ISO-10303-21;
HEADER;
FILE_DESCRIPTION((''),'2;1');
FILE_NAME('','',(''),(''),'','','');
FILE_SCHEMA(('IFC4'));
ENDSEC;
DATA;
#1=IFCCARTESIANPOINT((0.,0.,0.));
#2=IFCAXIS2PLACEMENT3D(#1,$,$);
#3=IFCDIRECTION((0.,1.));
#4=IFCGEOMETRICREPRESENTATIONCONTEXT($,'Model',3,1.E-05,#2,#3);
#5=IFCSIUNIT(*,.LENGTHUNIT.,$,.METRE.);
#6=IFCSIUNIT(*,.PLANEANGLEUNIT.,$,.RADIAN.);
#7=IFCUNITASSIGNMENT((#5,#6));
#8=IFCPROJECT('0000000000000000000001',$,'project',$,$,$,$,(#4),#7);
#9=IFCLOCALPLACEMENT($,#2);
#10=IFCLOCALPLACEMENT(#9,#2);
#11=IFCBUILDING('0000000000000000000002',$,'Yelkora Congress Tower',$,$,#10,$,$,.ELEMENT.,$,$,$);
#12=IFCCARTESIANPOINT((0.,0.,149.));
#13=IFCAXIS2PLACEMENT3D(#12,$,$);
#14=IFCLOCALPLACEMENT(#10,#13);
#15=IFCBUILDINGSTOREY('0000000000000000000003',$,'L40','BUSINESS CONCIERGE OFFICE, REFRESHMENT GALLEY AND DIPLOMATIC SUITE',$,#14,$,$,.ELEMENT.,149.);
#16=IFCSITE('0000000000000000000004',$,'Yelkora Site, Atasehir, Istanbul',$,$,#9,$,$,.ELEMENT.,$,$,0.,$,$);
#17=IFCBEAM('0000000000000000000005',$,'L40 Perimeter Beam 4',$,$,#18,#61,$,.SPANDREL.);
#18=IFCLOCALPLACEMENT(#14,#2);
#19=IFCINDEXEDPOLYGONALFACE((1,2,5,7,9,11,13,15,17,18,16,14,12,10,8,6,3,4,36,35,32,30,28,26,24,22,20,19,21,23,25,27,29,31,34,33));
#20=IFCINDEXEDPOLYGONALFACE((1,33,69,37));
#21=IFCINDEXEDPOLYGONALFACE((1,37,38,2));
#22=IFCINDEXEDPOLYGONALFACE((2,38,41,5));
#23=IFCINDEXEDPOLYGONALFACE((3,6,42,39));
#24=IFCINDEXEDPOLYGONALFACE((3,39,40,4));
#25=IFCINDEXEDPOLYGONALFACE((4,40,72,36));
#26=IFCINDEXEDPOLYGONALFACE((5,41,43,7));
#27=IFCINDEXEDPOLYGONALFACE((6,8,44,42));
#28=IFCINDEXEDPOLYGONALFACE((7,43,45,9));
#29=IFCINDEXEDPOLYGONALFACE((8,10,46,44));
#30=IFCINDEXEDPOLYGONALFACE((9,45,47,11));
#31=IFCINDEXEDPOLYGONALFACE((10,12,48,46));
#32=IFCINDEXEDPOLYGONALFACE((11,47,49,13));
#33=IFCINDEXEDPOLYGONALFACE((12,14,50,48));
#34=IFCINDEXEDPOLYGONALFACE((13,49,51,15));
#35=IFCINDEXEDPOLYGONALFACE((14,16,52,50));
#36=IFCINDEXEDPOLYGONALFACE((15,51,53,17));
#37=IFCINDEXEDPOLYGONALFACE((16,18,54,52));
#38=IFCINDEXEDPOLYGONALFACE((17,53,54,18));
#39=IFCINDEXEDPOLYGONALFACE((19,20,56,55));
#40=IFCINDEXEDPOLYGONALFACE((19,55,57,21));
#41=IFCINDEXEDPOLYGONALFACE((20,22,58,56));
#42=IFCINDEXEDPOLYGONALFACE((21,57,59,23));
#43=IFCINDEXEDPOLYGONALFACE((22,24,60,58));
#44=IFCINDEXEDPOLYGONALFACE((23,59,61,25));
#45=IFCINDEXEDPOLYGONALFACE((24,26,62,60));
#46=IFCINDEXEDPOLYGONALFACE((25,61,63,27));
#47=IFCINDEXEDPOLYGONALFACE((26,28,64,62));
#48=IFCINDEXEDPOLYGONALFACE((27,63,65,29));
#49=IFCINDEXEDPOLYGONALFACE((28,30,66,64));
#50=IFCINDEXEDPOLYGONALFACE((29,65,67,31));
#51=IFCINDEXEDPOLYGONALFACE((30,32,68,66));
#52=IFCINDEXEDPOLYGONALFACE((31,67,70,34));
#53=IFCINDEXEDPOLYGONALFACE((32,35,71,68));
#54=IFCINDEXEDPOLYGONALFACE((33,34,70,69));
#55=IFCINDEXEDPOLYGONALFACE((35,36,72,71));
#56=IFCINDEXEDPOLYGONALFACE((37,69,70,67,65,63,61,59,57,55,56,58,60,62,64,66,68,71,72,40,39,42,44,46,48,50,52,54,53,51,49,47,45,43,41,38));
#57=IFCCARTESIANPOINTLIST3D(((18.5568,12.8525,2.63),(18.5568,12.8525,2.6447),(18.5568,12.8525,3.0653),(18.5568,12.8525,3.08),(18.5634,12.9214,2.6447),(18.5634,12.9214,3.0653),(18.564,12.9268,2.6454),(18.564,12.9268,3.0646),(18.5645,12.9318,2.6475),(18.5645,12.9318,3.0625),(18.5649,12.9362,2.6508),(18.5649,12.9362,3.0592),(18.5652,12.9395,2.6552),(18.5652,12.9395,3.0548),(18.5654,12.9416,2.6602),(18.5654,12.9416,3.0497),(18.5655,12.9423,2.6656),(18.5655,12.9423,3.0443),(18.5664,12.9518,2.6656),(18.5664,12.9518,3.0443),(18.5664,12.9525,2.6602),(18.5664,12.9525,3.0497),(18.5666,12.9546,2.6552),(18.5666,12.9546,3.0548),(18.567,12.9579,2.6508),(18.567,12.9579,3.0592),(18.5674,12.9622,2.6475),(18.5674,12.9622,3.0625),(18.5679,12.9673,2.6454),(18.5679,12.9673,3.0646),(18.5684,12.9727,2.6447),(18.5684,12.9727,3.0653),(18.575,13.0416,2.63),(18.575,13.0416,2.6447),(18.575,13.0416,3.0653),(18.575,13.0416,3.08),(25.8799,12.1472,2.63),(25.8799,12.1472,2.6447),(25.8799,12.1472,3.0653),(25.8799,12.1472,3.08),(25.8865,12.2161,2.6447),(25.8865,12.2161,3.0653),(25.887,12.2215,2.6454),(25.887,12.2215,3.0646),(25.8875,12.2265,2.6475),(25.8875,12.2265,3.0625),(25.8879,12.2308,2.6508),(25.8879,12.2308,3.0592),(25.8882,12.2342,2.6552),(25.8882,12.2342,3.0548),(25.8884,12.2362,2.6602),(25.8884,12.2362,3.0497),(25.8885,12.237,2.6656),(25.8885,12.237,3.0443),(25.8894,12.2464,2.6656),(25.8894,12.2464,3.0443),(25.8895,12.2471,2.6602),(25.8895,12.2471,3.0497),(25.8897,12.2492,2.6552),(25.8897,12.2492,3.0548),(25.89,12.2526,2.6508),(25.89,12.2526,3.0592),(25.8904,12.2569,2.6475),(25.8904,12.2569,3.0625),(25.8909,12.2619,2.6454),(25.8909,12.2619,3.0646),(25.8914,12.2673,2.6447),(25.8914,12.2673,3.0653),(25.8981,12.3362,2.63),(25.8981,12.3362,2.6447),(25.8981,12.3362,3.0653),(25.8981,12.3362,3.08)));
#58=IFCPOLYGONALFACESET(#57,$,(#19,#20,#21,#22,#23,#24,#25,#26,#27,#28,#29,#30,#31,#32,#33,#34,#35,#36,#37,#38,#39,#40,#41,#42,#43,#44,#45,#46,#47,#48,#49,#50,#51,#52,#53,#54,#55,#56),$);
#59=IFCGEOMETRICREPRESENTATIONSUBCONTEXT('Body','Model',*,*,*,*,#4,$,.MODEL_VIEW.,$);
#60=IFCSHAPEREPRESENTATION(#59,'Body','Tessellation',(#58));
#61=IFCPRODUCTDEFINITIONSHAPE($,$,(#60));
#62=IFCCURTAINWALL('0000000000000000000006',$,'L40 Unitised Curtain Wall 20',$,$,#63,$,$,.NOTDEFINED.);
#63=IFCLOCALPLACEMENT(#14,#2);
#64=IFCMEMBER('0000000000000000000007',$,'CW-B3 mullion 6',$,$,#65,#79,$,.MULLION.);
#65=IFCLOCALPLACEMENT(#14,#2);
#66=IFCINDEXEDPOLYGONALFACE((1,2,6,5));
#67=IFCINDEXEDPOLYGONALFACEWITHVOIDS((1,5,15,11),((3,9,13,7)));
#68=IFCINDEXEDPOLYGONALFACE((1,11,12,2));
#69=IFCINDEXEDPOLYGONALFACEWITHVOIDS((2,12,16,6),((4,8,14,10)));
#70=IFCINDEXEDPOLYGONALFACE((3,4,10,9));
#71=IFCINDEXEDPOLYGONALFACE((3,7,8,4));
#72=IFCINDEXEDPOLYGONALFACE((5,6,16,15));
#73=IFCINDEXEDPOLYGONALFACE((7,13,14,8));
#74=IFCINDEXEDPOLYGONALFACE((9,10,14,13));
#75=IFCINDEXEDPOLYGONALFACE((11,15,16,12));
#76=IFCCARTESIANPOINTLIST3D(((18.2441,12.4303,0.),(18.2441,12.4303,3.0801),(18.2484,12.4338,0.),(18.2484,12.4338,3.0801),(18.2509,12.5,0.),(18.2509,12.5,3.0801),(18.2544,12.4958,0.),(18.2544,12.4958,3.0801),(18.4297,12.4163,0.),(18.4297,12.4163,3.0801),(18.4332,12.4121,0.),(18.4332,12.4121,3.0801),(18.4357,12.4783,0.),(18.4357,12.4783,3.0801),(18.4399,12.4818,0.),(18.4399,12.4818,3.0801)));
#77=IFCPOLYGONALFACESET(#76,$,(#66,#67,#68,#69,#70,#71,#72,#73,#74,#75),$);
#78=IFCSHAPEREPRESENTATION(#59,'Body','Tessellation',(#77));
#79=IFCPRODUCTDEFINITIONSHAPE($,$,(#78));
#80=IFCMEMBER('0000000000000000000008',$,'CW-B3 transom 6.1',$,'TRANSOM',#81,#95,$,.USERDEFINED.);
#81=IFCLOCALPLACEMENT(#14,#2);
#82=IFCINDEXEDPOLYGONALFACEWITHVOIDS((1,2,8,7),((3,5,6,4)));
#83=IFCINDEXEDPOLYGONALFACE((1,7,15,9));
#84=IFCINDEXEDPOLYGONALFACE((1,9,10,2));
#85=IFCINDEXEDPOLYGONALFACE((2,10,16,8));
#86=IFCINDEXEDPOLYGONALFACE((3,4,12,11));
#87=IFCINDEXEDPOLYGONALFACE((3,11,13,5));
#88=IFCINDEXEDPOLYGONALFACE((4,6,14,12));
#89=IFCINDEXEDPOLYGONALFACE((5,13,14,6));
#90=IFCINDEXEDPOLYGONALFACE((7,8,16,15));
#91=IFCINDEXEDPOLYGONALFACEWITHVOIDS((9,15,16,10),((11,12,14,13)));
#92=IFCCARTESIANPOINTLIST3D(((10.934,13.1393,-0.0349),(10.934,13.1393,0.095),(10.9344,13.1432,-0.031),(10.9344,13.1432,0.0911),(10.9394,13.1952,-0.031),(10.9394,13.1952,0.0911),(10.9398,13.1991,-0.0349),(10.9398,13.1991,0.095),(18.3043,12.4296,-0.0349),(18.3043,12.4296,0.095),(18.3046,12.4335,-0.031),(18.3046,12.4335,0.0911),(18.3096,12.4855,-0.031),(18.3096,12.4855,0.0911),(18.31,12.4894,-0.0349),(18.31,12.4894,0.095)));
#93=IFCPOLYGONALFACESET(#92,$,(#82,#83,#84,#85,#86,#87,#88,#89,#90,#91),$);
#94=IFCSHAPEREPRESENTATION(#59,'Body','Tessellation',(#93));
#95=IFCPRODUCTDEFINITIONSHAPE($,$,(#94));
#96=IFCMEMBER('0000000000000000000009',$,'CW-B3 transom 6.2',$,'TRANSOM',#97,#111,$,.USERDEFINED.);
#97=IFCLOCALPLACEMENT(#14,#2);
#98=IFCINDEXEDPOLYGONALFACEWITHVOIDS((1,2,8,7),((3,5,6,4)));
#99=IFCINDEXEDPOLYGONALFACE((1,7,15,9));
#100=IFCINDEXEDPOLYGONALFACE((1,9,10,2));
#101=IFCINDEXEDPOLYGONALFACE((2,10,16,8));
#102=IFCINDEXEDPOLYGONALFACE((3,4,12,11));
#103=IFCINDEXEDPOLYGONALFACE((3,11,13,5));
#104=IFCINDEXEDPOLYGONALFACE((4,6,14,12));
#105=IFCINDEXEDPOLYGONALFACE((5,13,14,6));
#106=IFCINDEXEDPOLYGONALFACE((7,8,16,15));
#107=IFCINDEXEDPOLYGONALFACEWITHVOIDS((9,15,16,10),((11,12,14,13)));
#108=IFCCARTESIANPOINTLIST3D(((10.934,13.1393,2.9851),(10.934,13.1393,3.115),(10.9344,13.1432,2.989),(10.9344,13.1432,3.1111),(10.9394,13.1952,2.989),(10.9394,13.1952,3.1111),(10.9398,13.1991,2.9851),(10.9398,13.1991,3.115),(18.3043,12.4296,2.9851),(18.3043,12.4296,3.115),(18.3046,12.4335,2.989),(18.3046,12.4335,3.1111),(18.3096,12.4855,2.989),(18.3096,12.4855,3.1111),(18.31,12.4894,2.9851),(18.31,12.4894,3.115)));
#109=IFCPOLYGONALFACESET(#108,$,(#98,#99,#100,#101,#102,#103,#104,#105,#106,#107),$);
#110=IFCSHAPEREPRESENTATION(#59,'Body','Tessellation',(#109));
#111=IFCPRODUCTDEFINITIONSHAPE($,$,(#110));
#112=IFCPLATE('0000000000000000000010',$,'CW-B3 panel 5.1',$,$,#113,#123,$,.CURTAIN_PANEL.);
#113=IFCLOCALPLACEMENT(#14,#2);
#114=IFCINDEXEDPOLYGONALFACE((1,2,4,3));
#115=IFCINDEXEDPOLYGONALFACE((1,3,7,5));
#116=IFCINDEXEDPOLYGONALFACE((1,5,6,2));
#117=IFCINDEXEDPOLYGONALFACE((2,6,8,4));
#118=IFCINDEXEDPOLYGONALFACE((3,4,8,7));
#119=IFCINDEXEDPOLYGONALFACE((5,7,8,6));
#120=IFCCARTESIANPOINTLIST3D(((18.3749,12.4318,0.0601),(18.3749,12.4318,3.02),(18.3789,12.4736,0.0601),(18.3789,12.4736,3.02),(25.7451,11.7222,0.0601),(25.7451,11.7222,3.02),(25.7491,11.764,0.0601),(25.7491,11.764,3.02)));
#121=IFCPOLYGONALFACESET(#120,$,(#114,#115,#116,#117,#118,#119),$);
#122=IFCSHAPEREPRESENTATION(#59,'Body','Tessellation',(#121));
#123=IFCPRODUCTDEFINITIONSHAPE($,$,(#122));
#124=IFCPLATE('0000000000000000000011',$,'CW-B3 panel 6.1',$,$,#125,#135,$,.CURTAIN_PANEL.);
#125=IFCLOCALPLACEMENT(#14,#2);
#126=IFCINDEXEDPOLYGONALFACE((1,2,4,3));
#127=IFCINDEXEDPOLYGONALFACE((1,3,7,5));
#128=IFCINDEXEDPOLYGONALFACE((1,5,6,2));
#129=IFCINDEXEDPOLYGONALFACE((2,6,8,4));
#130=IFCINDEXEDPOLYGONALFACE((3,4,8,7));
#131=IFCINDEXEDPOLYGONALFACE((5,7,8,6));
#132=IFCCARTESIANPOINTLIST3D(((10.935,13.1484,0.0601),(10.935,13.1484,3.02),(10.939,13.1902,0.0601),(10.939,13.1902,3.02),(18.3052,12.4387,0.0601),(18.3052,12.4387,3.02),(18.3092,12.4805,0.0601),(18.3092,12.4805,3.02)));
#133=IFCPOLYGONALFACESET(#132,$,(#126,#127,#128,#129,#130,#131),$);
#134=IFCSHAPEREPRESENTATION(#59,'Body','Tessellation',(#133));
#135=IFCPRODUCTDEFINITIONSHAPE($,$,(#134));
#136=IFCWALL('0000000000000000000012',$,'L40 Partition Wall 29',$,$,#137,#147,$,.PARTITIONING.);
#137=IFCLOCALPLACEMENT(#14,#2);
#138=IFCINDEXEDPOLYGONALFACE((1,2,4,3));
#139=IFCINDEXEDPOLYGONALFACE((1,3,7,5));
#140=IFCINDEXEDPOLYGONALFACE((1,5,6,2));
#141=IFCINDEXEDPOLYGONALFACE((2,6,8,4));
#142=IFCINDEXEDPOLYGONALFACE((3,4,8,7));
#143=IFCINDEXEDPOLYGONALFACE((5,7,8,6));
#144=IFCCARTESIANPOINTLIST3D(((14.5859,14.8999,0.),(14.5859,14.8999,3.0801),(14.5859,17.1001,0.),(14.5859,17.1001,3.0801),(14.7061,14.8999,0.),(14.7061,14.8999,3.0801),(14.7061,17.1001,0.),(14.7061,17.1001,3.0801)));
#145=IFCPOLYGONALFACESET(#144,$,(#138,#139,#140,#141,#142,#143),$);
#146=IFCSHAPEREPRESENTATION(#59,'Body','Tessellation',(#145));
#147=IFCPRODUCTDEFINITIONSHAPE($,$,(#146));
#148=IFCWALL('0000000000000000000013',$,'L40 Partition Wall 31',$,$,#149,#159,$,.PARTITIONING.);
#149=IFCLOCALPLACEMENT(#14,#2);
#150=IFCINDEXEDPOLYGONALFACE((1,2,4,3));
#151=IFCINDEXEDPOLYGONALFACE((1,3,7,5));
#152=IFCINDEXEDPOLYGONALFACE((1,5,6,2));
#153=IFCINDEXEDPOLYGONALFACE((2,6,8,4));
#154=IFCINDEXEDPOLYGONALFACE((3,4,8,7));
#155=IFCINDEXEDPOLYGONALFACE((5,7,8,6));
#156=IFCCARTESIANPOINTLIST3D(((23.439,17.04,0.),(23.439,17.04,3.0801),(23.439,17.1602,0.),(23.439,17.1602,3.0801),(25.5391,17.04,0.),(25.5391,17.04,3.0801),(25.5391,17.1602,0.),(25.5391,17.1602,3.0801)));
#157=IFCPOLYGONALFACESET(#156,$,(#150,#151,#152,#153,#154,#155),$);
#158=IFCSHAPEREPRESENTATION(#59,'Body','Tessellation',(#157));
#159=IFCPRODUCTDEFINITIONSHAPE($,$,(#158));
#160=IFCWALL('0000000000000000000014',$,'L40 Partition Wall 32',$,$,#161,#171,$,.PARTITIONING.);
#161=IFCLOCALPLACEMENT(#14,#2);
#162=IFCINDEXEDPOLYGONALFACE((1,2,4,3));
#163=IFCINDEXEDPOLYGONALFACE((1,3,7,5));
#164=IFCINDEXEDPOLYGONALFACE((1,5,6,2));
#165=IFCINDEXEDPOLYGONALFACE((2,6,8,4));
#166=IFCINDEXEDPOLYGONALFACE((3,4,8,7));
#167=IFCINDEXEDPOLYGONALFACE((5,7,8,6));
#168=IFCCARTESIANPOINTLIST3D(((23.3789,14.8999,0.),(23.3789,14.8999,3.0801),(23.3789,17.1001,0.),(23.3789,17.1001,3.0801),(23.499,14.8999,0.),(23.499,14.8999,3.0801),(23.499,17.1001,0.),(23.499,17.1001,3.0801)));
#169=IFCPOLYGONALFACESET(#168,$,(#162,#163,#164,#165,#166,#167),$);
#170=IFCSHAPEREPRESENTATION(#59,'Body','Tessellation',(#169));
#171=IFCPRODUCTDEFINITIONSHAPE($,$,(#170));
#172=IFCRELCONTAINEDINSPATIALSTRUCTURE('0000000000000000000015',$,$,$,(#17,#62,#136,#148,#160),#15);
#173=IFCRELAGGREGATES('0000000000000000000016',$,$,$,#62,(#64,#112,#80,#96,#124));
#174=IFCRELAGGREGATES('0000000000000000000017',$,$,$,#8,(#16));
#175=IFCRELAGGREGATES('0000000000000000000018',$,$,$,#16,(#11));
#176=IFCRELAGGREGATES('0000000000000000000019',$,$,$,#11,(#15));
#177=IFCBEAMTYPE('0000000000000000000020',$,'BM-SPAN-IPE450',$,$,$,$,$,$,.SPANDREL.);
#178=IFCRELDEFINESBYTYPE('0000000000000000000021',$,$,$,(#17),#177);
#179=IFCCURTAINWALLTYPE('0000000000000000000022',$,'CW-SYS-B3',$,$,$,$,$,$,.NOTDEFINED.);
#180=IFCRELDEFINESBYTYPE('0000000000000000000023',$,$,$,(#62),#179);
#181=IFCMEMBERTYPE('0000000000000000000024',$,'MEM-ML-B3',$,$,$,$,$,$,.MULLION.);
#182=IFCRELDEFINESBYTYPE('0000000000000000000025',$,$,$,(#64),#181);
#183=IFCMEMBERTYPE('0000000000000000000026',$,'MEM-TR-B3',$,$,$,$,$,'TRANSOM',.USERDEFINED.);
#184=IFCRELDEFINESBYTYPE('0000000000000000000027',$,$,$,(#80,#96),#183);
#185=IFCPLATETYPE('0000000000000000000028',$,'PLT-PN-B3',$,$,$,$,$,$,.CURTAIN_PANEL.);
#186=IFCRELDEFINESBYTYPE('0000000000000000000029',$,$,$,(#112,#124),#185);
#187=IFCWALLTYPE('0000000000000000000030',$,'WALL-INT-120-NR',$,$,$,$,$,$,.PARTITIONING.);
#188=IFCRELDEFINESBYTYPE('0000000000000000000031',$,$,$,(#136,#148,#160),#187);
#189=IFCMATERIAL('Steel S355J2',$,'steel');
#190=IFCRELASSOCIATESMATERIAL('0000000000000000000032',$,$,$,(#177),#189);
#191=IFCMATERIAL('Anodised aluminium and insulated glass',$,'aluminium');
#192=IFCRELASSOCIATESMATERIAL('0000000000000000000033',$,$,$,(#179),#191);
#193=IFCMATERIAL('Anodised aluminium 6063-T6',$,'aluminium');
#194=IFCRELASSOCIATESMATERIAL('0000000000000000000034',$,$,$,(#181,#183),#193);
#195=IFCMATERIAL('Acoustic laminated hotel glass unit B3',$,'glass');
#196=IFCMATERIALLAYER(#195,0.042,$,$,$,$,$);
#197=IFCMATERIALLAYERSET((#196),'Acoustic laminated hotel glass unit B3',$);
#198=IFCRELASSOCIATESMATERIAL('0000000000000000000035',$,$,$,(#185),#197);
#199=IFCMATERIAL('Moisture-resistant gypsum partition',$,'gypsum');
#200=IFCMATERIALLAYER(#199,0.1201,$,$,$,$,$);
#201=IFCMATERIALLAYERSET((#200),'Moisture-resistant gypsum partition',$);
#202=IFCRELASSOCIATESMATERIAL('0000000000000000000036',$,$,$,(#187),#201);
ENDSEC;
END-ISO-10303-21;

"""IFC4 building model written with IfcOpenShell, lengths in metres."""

from ifc_helpers import new_model, si_unit, direction, frame, frame_2d, origin, origin_2d, place, context, subcontext, project, spatial, rectangle, hollow_rectangle, i_section, extrude, material, layer, layer_set, material_profile, profile_set, type_object, element, aggregate, save


model = new_model("IFC4")

# Units and contexts
model_context = context("Model", 3, precision=1e-05, world=origin(), true_north=direction((0.0, 1.0)))
body_context = subcontext(model_context, "Body", "Model", "MODEL_VIEW")
ifc_project = project(units=[si_unit("LENGTHUNIT", "METRE"), si_unit("PLANEANGLEUNIT", "RADIAN")], contexts=[model_context])

# Site, building, storey
site_placement = place(None, origin())
site = spatial("IfcSite", under=ifc_project, at=site_placement, Name="Yelkora Site, Atasehir, Istanbul", CompositionType="ELEMENT", RefElevation=0.0)
building_placement = place(site_placement, origin())
building = spatial("IfcBuilding", under=site, at=building_placement, Name="Yelkora Congress Tower", CompositionType="ELEMENT")
storey_placement = place(building_placement, frame((0.0, 0.0, 149.0)))
storey = spatial("IfcBuildingStorey", under=building, at=storey_placement, Name="L40", Description="BUSINESS CONCIERGE OFFICE, REFRESHMENT GALLEY AND DIPLOMATIC SUITE", CompositionType="ELEMENT", Elevation=149.0)

# Beam
ifc_material_1 = material(Name="Steel S355J2", Category="steel")
ifc_material_profile_1 = material_profile(ifc_material_1, i_section(OverallWidth=0.1899, OverallDepth=0.45, WebThickness=0.0095, FlangeThickness=0.0146, FilletRadius=0.021, at=origin_2d()), Name="IPE 450")
ifc_profile_set_1 = profile_set([ifc_material_profile_1], Name="Steel S355J2")
beam_type_1 = type_object("IfcBeamType", Name="BM-SPAN-IPE450", PredefinedType="SPANDREL", material=ifc_profile_set_1)
beam_1_placement = place(storey_placement, frame((18.5659, 12.947, 2.855), z_axis=(0.995394, -0.095872, 0.0), x_axis=(0.095872, 0.995394, 0.0)))
element("IfcBeam", 1, at=beam_1_placement, inside=storey, type_object=beam_type_1, Name="L40 Perimeter Beam 4", PredefinedType="SPANDREL", context=body_context, shape_type="SweptSolid", body=[
    extrude(i_section(OverallWidth=0.1899, OverallDepth=0.45, WebThickness=0.0095, FlangeThickness=0.0146, FilletRadius=0.021, at=origin_2d()), origin(), (0.0, 0.0, 1.0), 7.3569),
])

# Curtain wall, members, plates
ifc_material_2 = material(Name="Anodised aluminium and insulated glass", Category="aluminium")
curtain_wall_type = type_object("IfcCurtainWallType", Name="CW-SYS-B3", PredefinedType="NOTDEFINED", material=ifc_material_2)
curtain_wall_placement = place(storey_placement, origin())
curtain_wall = element("IfcCurtainWall", 2, at=curtain_wall_placement, inside=storey, type_object=curtain_wall_type, Name="L40 Unitised Curtain Wall 20", PredefinedType="NOTDEFINED")
ifc_material_3 = material(Name="Anodised aluminium 6063-T6", Category="aluminium")
ifc_material_profile_2 = material_profile(ifc_material_3, hollow_rectangle(XDim=0.0701, YDim=0.1899, WallThickness=0.0039, at=origin_2d()), Name="ALU 70x190x4")
ifc_profile_set_2 = profile_set([ifc_material_profile_2], Name="Anodised aluminium 6063-T6")
member_type_1 = type_object("IfcMemberType", Name="MEM-ML-B3", PredefinedType="MULLION", material=ifc_profile_set_2)
member_1_placement = place(storey_placement, frame((18.342, 12.4561, 0.0), z_axis=(0.0, 0.0, 1.0), x_axis=(-0.095845, -0.995396, 0.0)))
member_1 = element("IfcMember", 3, at=member_1_placement, type_object=member_type_1, Name="CW-B3 mullion 6", PredefinedType="MULLION", context=body_context, shape_type="SweptSolid", body=[
    extrude(hollow_rectangle(XDim=0.0701, YDim=0.1899, WallThickness=0.0039, at=origin_2d()), origin(), (0.0, 0.0, 1.0), 3.0801),
])
ifc_material_profile_3 = material_profile(ifc_material_3, hollow_rectangle(XDim=0.0601, YDim=0.1299, WallThickness=0.0039, at=origin_2d()), Name="ALU 60x130x4")
ifc_profile_set_3 = profile_set([ifc_material_profile_3], Name="Anodised aluminium 6063-T6")
member_type_2 = type_object("IfcMemberType", Name="MEM-TR-B3", ElementType="TRANSOM", PredefinedType="USERDEFINED", material=ifc_profile_set_3)
member_2_placement = place(storey_placement, frame((18.3071, 12.4595, 0.03), z_axis=(-0.995395, 0.095853, 0.0), x_axis=(-0.095853, -0.995395, 0.0)))
member_2 = element("IfcMember", 4, at=member_2_placement, type_object=member_type_2, Name="CW-B3 transom 6.1", ObjectType="TRANSOM", PredefinedType="USERDEFINED", context=body_context, shape_type="SweptSolid", body=[
    extrude(hollow_rectangle(XDim=0.0601, YDim=0.1299, WallThickness=0.0039, at=origin_2d()), origin(), (0.0, 0.0, 1.0), 7.4043),
])
member_3_placement = place(storey_placement, frame((18.3071, 12.4595, 3.05), z_axis=(-0.995395, 0.095853, 0.0), x_axis=(-0.095853, -0.995395, 0.0)))
member_3 = element("IfcMember", 5, at=member_3_placement, type_object=member_type_2, Name="CW-B3 transom 6.2", ObjectType="TRANSOM", PredefinedType="USERDEFINED", context=body_context, shape_type="SweptSolid", body=[
    extrude(hollow_rectangle(XDim=0.0601, YDim=0.1299, WallThickness=0.0039, at=origin_2d()), origin(), (0.0, 0.0, 1.0), 7.4043),
])
ifc_material_4 = material(Name="Acoustic laminated hotel glass unit B3", Category="glass")
ifc_layer_1 = layer(ifc_material_4, 0.042)
ifc_layer_set_1 = layer_set([ifc_layer_1], Name="Acoustic laminated hotel glass unit B3")
plate_type = type_object("IfcPlateType", Name="PLT-PN-B3", PredefinedType="CURTAIN_PANEL", material=ifc_layer_set_1)
plate_1_placement = place(storey_placement, frame((22.062, 12.0979, 0.0601), z_axis=(0.0, 0.0, 1.0), x_axis=(-0.995396, 0.095845, 0.0)))
plate_1 = element("IfcPlate", 6, at=plate_1_placement, type_object=plate_type, Name="CW-B3 panel 5.1", PredefinedType="CURTAIN_PANEL", context=body_context, shape_type="SweptSolid", body=[
    extrude(rectangle(XDim=7.4043, YDim=0.042, at=origin_2d()), origin(), (0.0, 0.0, 1.0), 2.96),
])
plate_2_placement = place(storey_placement, frame((14.6221, 12.8145, 0.0601), z_axis=(0.0, 0.0, 1.0), x_axis=(-0.995396, 0.095845, 0.0)))
plate_2 = element("IfcPlate", 7, at=plate_2_placement, type_object=plate_type, Name="CW-B3 panel 6.1", PredefinedType="CURTAIN_PANEL", context=body_context, shape_type="SweptSolid", body=[
    extrude(rectangle(XDim=7.4043, YDim=0.042, at=origin_2d()), origin(), (0.0, 0.0, 1.0), 2.96),
])
aggregate(curtain_wall, [member_1, plate_1, member_2, member_3, plate_2])

# Walls
ifc_material_5 = material(Name="Moisture-resistant gypsum partition", Category="gypsum")
ifc_layer_2 = layer(ifc_material_5, 0.1201)
ifc_layer_set_2 = layer_set([ifc_layer_2], Name="Moisture-resistant gypsum partition")
wall_type_1 = type_object("IfcWallType", Name="WALL-INT-120-NR", PredefinedType="PARTITIONING", material=ifc_layer_set_2)
wall_1_placement = place(storey_placement, frame((14.646, 14.8999, 0.0), z_axis=(0.0, 0.0, 1.0), x_axis=(0.0, 1.0, 0.0)))
element("IfcWall", 8, at=wall_1_placement, inside=storey, type_object=wall_type_1, Name="L40 Partition Wall 29", PredefinedType="PARTITIONING", context=body_context, shape_type="SweptSolid", body=[
    extrude(rectangle(XDim=2.2002, YDim=0.1201, at=frame_2d((1.1001, 0.0))), origin(), (0.0, 0.0, 1.0), 3.0801),
])
wall_2_placement = place(storey_placement, frame((23.439, 17.1001, 0.0), z_axis=(0.0, 0.0, 1.0), x_axis=(1.0, 0.0, 0.0)))
element("IfcWall", 9, at=wall_2_placement, inside=storey, type_object=wall_type_1, Name="L40 Partition Wall 31", PredefinedType="PARTITIONING", context=body_context, shape_type="SweptSolid", body=[
    extrude(rectangle(XDim=2.1001, YDim=0.1201, at=frame_2d((1.05, 0.0))), origin(), (0.0, 0.0, 1.0), 3.0801),
])
wall_3_placement = place(storey_placement, frame((23.439, 14.8999, 0.0), z_axis=(0.0, 0.0, 1.0), x_axis=(0.0, 1.0, 0.0)))
element("IfcWall", 10, at=wall_3_placement, inside=storey, type_object=wall_type_1, Name="L40 Partition Wall 32", PredefinedType="PARTITIONING", context=body_context, shape_type="SweptSolid", body=[
    extrude(rectangle(XDim=2.2002, YDim=0.1201, at=frame_2d((1.1001, 0.0))), origin(), (0.0, 0.0, 1.0), 3.0801),
])

save(model, "model.ifc")
